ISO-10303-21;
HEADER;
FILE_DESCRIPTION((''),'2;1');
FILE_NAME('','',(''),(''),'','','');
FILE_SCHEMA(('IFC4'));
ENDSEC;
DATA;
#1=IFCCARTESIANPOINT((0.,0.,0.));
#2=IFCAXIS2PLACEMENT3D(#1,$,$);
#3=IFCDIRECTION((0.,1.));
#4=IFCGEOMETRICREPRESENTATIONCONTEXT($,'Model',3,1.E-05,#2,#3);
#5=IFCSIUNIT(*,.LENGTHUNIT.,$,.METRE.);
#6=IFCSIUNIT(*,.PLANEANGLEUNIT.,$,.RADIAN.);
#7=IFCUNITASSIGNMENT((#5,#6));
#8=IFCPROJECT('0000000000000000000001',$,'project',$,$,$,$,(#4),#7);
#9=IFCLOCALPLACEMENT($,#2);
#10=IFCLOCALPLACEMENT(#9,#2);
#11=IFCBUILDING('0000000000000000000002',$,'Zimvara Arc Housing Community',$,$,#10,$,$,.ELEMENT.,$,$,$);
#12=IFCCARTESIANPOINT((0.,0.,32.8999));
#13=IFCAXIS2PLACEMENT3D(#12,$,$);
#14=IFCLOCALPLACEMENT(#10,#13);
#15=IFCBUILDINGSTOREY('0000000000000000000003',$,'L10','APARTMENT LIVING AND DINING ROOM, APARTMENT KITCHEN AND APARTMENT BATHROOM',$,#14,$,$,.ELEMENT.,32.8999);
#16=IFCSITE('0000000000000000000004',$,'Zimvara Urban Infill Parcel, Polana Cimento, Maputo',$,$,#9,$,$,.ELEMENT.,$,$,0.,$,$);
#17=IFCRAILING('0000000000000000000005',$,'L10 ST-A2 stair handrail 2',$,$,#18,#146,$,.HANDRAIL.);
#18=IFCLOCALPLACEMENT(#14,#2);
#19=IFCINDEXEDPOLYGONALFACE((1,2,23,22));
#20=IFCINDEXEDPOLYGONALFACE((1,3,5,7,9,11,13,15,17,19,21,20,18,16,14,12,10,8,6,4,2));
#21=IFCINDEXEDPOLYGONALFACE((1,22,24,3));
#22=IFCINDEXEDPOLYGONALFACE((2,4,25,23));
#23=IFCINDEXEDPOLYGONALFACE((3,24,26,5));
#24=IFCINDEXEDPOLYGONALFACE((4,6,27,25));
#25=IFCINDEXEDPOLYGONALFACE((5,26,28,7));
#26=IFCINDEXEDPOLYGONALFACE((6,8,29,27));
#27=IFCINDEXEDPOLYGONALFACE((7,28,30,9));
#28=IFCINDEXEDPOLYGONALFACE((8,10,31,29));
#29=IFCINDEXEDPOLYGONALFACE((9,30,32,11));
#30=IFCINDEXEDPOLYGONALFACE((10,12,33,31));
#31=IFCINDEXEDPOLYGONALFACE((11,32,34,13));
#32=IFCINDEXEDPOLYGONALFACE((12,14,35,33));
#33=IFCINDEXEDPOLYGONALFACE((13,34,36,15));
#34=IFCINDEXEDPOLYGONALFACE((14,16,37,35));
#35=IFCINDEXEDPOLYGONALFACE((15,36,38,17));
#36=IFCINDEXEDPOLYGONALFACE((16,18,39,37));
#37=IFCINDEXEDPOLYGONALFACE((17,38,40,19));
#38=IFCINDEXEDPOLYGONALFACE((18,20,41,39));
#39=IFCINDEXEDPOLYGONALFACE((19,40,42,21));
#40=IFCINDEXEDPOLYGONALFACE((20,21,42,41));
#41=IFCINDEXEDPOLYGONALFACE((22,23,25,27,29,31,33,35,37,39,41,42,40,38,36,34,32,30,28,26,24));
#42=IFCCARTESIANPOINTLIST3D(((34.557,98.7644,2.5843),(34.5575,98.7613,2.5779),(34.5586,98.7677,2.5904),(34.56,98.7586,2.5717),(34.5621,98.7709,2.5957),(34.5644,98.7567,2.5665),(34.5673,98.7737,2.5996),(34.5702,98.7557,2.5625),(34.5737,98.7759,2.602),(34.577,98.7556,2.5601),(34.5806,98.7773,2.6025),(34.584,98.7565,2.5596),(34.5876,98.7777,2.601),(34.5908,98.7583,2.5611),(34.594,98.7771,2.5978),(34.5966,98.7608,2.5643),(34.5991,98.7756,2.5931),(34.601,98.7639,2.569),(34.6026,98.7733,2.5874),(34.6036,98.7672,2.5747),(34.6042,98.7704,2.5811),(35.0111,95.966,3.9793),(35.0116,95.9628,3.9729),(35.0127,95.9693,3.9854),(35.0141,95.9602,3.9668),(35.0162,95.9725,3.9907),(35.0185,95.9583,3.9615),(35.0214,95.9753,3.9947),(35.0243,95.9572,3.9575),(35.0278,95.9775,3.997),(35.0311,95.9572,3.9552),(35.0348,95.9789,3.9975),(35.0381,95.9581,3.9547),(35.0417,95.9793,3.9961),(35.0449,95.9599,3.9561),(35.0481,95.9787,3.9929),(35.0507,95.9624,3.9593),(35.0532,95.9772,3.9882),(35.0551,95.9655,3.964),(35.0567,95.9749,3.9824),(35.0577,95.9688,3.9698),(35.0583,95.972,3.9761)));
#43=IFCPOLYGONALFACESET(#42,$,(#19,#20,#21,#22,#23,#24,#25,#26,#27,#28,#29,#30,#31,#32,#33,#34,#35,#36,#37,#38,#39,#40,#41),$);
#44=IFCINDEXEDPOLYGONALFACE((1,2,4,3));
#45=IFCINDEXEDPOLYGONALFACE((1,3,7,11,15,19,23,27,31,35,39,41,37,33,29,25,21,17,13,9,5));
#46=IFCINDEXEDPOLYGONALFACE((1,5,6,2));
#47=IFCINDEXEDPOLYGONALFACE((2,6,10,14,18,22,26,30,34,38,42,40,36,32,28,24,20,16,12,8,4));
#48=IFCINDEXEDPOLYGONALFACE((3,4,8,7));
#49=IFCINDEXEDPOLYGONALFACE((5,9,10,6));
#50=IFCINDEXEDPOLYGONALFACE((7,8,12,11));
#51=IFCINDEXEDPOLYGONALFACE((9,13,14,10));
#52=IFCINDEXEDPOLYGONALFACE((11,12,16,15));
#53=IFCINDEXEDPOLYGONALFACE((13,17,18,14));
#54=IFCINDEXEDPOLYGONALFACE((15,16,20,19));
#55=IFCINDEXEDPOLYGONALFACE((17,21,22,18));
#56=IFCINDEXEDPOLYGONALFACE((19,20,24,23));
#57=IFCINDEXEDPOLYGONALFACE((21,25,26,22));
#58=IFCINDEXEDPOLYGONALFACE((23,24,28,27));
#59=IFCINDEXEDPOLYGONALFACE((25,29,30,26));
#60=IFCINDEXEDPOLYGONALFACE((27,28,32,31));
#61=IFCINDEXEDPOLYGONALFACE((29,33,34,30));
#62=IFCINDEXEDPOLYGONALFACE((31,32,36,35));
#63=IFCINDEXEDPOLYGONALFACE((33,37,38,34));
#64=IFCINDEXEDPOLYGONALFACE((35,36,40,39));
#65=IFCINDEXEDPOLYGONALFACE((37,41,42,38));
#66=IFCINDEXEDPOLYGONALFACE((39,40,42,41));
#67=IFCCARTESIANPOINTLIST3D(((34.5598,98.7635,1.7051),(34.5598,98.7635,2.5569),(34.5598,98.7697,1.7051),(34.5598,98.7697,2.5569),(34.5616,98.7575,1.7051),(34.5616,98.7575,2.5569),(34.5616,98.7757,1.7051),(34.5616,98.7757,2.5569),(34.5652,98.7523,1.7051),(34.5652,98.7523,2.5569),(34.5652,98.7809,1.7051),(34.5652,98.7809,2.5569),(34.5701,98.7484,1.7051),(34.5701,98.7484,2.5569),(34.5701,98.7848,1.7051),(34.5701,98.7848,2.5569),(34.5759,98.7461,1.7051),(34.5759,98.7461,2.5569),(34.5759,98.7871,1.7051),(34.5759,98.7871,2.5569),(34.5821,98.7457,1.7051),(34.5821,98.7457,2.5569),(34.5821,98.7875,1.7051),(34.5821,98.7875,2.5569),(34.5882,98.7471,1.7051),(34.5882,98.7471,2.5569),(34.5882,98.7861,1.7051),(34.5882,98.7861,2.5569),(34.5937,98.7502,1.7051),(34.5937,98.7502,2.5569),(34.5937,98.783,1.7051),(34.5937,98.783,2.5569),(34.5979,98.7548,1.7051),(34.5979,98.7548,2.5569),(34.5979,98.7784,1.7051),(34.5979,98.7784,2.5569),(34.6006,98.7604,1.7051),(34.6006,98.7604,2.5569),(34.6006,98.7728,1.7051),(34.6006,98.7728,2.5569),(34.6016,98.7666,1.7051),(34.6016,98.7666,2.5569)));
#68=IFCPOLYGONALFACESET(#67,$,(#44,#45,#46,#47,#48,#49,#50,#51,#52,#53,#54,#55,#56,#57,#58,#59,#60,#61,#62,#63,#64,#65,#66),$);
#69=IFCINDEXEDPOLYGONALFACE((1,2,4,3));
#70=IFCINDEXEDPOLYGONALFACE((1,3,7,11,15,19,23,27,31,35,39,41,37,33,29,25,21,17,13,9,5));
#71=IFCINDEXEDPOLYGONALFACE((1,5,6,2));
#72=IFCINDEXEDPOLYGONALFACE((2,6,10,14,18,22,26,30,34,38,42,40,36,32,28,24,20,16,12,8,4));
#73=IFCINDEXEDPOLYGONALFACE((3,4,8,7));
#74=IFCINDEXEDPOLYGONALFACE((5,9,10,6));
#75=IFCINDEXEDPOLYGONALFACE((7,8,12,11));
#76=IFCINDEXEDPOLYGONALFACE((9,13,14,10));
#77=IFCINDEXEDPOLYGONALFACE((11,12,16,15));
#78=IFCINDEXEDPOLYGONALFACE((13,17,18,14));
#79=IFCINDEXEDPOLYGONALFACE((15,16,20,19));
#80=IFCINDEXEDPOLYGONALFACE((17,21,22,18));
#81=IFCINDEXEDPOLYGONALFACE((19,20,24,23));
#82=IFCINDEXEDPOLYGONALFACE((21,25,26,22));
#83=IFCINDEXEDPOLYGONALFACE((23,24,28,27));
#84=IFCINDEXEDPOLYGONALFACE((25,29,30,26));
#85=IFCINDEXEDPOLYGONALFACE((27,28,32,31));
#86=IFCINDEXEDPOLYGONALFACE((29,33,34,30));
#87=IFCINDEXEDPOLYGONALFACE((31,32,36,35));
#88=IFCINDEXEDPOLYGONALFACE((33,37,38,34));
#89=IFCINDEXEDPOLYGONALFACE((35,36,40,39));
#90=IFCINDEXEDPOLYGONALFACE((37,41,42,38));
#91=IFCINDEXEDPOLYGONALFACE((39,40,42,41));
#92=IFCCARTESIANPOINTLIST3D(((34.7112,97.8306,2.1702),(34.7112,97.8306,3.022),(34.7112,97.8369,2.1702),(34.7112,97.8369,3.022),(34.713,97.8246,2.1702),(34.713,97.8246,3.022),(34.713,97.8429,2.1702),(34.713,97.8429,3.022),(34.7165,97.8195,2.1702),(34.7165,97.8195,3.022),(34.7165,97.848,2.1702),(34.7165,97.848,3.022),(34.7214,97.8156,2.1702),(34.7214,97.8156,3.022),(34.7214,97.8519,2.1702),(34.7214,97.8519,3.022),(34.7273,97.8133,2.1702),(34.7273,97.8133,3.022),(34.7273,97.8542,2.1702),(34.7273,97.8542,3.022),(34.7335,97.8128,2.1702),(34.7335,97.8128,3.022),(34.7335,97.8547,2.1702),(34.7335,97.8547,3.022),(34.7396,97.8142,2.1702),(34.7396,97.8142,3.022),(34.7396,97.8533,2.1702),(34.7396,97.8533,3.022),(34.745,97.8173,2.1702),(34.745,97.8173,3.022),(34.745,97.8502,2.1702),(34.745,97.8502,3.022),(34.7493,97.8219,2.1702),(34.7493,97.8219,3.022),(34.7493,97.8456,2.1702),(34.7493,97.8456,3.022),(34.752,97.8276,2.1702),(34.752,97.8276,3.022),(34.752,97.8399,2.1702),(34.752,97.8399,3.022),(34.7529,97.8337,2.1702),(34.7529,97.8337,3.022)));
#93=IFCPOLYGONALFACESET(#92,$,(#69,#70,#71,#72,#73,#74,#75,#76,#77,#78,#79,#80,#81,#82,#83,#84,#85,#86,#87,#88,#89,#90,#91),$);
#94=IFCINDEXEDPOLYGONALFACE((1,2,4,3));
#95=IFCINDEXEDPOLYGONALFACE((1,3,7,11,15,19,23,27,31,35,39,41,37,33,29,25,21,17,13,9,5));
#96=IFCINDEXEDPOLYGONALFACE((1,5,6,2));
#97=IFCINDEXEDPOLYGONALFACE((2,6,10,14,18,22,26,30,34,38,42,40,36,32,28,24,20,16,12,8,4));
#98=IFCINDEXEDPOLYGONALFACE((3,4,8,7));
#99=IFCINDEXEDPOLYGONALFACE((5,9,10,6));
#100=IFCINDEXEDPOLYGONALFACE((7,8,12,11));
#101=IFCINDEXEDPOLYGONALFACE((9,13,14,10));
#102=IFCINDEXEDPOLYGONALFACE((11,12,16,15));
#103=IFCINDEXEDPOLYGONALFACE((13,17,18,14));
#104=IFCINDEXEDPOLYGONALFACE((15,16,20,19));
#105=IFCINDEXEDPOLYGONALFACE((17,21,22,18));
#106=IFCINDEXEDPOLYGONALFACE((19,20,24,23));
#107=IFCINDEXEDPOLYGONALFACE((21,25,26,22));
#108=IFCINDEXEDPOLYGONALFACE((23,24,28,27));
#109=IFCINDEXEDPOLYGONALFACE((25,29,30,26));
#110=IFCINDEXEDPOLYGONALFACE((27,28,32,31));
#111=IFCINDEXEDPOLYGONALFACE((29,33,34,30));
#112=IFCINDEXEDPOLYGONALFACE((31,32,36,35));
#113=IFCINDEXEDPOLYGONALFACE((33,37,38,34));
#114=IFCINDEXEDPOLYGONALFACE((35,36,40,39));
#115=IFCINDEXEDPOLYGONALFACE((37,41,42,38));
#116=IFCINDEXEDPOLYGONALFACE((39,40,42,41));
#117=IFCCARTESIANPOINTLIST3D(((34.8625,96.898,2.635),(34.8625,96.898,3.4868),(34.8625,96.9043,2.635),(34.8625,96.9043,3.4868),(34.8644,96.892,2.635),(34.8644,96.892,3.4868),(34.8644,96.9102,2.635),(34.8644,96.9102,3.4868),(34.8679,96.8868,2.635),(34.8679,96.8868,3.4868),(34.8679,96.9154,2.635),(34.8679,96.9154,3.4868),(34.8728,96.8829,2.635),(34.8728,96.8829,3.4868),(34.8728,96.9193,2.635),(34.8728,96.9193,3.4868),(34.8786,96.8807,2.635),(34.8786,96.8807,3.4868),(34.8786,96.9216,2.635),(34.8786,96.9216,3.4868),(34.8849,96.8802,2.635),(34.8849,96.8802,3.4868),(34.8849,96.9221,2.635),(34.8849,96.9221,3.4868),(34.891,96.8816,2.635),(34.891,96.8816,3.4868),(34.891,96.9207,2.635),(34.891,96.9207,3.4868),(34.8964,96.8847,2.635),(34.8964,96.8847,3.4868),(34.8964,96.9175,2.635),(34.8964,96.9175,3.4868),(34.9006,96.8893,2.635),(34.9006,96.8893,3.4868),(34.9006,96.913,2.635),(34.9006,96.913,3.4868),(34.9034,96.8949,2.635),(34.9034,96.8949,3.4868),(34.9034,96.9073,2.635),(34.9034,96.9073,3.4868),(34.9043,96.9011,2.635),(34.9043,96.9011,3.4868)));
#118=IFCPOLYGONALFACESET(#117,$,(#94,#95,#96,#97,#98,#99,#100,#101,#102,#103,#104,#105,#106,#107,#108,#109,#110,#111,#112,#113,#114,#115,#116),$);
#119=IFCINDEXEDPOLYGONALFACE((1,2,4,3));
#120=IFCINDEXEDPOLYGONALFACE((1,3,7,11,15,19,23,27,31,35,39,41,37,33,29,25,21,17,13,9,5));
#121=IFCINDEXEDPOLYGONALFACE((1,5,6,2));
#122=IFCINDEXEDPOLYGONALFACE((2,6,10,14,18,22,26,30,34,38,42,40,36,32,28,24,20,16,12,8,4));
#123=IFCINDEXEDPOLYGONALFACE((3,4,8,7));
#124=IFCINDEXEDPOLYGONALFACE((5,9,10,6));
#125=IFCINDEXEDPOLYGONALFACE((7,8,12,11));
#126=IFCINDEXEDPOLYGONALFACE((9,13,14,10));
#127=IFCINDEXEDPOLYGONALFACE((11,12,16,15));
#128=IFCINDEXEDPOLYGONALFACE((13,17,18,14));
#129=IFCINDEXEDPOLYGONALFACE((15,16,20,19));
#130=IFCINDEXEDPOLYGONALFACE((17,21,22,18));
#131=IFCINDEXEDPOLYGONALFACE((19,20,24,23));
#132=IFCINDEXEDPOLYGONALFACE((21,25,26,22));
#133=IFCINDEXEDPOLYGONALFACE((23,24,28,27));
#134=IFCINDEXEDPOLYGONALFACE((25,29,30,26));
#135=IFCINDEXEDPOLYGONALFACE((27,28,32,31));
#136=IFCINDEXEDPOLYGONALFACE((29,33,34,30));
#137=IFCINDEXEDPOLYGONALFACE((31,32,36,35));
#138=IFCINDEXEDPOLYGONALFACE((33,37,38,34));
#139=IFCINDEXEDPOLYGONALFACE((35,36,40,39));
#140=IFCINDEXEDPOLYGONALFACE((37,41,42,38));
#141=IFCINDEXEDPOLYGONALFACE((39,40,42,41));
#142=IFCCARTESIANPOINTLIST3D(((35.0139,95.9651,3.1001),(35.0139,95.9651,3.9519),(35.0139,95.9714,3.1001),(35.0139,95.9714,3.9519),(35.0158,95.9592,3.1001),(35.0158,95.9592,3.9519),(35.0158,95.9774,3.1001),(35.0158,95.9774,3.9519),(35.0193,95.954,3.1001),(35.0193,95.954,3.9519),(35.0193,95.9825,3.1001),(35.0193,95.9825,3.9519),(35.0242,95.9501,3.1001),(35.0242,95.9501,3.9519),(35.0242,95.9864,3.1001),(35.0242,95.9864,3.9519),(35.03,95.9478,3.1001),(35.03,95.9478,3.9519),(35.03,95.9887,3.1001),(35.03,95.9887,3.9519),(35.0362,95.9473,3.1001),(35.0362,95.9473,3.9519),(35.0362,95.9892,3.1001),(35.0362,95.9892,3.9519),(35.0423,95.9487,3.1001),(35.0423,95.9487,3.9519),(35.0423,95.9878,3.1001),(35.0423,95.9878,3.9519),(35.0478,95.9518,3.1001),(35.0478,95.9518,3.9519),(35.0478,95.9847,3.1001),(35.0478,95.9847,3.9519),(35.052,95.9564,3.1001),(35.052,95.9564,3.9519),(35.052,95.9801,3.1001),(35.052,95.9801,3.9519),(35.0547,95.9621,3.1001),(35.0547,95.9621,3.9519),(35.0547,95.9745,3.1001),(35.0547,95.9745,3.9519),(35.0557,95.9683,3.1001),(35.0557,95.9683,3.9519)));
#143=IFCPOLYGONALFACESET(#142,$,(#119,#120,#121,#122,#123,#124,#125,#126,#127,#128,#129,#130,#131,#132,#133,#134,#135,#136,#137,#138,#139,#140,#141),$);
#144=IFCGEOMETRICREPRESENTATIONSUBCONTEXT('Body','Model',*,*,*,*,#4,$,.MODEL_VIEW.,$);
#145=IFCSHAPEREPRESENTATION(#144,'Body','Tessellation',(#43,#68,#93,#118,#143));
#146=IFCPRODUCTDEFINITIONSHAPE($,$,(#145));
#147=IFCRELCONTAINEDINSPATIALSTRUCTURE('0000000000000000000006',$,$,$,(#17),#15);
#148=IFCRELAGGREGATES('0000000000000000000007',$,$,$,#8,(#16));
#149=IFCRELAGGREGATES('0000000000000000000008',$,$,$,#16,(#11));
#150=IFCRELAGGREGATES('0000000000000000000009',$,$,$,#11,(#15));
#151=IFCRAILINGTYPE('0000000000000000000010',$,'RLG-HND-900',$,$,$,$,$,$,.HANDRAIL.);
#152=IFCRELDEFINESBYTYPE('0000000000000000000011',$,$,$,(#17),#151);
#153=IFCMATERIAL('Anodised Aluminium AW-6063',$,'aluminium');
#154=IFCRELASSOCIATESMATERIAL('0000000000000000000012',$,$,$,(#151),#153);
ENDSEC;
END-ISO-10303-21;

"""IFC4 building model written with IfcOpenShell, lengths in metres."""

from ifc_helpers import new_model, si_unit, direction, frame, origin, origin_2d, place, context, subcontext, project, spatial, circle, extrude, material, type_object, element, save


model = new_model("IFC4")

# Units and contexts
model_context = context("Model", 3, precision=1e-05, world=origin(), true_north=direction((0.0, 1.0)))
body_context = subcontext(model_context, "Body", "Model", "MODEL_VIEW")
ifc_project = project(units=[si_unit("LENGTHUNIT", "METRE"), si_unit("PLANEANGLEUNIT", "RADIAN")], contexts=[model_context])

# Site, building, storey
site_placement = place(None, origin())
site = spatial("IfcSite", under=ifc_project, at=site_placement, Name="Zimvara Urban Infill Parcel, Polana Cimento, Maputo", CompositionType="ELEMENT", RefElevation=0.0)
building_placement = place(site_placement, origin())
building = spatial("IfcBuilding", under=site, at=building_placement, Name="Zimvara Arc Housing Community", CompositionType="ELEMENT")
storey_placement = place(building_placement, frame((0.0, 0.0, 32.8999)))
storey = spatial("IfcBuildingStorey", under=building, at=storey_placement, Name="L10", Description="APARTMENT LIVING AND DINING ROOM, APARTMENT KITCHEN AND APARTMENT BATHROOM", CompositionType="ELEMENT", Elevation=32.8999)

# Railing
ifc_material_1 = material(Name="Anodised Aluminium AW-6063", Category="aluminium")
railing_type_1 = type_object("IfcRailingType", Name="RLG-HND-900", PredefinedType="HANDRAIL", material=ifc_material_1)
railing_1_placement = place(storey_placement, frame((34.5806, 98.7666, 1.7051)))
element("IfcRailing", 1, at=railing_1_placement, inside=storey, type_object=railing_type_1, Name="L10 ST-A2 stair handrail 2", PredefinedType="HANDRAIL", context=body_context, shape_type="SweptSolid", body=[
    extrude(circle(Radius=0.0239, at=origin_2d()), frame((0.0, 0.0, 0.876), z_axis=(0.143722, -0.885666, 0.44152), x_axis=(0.987088, 0.16018, 0.0)), (0.0, 0.0, 1.0), 3.1597),
    extrude(circle(Radius=0.021, at=origin_2d()), origin(), (0.0, 0.0, 1.0), 0.8518),
    extrude(circle(Radius=0.021, at=origin_2d()), frame((0.1514, -0.9329, 0.4651)), (0.0, 0.0, 1.0), 0.8518),
    extrude(circle(Radius=0.021, at=origin_2d()), frame((0.3027, -1.8655, 0.9299)), (0.0, 0.0, 1.0), 0.8518),
    extrude(circle(Radius=0.021, at=origin_2d()), frame((0.4541, -2.7983, 1.395)), (0.0, 0.0, 1.0), 0.8518),
])

save(model, "model.ifc")
